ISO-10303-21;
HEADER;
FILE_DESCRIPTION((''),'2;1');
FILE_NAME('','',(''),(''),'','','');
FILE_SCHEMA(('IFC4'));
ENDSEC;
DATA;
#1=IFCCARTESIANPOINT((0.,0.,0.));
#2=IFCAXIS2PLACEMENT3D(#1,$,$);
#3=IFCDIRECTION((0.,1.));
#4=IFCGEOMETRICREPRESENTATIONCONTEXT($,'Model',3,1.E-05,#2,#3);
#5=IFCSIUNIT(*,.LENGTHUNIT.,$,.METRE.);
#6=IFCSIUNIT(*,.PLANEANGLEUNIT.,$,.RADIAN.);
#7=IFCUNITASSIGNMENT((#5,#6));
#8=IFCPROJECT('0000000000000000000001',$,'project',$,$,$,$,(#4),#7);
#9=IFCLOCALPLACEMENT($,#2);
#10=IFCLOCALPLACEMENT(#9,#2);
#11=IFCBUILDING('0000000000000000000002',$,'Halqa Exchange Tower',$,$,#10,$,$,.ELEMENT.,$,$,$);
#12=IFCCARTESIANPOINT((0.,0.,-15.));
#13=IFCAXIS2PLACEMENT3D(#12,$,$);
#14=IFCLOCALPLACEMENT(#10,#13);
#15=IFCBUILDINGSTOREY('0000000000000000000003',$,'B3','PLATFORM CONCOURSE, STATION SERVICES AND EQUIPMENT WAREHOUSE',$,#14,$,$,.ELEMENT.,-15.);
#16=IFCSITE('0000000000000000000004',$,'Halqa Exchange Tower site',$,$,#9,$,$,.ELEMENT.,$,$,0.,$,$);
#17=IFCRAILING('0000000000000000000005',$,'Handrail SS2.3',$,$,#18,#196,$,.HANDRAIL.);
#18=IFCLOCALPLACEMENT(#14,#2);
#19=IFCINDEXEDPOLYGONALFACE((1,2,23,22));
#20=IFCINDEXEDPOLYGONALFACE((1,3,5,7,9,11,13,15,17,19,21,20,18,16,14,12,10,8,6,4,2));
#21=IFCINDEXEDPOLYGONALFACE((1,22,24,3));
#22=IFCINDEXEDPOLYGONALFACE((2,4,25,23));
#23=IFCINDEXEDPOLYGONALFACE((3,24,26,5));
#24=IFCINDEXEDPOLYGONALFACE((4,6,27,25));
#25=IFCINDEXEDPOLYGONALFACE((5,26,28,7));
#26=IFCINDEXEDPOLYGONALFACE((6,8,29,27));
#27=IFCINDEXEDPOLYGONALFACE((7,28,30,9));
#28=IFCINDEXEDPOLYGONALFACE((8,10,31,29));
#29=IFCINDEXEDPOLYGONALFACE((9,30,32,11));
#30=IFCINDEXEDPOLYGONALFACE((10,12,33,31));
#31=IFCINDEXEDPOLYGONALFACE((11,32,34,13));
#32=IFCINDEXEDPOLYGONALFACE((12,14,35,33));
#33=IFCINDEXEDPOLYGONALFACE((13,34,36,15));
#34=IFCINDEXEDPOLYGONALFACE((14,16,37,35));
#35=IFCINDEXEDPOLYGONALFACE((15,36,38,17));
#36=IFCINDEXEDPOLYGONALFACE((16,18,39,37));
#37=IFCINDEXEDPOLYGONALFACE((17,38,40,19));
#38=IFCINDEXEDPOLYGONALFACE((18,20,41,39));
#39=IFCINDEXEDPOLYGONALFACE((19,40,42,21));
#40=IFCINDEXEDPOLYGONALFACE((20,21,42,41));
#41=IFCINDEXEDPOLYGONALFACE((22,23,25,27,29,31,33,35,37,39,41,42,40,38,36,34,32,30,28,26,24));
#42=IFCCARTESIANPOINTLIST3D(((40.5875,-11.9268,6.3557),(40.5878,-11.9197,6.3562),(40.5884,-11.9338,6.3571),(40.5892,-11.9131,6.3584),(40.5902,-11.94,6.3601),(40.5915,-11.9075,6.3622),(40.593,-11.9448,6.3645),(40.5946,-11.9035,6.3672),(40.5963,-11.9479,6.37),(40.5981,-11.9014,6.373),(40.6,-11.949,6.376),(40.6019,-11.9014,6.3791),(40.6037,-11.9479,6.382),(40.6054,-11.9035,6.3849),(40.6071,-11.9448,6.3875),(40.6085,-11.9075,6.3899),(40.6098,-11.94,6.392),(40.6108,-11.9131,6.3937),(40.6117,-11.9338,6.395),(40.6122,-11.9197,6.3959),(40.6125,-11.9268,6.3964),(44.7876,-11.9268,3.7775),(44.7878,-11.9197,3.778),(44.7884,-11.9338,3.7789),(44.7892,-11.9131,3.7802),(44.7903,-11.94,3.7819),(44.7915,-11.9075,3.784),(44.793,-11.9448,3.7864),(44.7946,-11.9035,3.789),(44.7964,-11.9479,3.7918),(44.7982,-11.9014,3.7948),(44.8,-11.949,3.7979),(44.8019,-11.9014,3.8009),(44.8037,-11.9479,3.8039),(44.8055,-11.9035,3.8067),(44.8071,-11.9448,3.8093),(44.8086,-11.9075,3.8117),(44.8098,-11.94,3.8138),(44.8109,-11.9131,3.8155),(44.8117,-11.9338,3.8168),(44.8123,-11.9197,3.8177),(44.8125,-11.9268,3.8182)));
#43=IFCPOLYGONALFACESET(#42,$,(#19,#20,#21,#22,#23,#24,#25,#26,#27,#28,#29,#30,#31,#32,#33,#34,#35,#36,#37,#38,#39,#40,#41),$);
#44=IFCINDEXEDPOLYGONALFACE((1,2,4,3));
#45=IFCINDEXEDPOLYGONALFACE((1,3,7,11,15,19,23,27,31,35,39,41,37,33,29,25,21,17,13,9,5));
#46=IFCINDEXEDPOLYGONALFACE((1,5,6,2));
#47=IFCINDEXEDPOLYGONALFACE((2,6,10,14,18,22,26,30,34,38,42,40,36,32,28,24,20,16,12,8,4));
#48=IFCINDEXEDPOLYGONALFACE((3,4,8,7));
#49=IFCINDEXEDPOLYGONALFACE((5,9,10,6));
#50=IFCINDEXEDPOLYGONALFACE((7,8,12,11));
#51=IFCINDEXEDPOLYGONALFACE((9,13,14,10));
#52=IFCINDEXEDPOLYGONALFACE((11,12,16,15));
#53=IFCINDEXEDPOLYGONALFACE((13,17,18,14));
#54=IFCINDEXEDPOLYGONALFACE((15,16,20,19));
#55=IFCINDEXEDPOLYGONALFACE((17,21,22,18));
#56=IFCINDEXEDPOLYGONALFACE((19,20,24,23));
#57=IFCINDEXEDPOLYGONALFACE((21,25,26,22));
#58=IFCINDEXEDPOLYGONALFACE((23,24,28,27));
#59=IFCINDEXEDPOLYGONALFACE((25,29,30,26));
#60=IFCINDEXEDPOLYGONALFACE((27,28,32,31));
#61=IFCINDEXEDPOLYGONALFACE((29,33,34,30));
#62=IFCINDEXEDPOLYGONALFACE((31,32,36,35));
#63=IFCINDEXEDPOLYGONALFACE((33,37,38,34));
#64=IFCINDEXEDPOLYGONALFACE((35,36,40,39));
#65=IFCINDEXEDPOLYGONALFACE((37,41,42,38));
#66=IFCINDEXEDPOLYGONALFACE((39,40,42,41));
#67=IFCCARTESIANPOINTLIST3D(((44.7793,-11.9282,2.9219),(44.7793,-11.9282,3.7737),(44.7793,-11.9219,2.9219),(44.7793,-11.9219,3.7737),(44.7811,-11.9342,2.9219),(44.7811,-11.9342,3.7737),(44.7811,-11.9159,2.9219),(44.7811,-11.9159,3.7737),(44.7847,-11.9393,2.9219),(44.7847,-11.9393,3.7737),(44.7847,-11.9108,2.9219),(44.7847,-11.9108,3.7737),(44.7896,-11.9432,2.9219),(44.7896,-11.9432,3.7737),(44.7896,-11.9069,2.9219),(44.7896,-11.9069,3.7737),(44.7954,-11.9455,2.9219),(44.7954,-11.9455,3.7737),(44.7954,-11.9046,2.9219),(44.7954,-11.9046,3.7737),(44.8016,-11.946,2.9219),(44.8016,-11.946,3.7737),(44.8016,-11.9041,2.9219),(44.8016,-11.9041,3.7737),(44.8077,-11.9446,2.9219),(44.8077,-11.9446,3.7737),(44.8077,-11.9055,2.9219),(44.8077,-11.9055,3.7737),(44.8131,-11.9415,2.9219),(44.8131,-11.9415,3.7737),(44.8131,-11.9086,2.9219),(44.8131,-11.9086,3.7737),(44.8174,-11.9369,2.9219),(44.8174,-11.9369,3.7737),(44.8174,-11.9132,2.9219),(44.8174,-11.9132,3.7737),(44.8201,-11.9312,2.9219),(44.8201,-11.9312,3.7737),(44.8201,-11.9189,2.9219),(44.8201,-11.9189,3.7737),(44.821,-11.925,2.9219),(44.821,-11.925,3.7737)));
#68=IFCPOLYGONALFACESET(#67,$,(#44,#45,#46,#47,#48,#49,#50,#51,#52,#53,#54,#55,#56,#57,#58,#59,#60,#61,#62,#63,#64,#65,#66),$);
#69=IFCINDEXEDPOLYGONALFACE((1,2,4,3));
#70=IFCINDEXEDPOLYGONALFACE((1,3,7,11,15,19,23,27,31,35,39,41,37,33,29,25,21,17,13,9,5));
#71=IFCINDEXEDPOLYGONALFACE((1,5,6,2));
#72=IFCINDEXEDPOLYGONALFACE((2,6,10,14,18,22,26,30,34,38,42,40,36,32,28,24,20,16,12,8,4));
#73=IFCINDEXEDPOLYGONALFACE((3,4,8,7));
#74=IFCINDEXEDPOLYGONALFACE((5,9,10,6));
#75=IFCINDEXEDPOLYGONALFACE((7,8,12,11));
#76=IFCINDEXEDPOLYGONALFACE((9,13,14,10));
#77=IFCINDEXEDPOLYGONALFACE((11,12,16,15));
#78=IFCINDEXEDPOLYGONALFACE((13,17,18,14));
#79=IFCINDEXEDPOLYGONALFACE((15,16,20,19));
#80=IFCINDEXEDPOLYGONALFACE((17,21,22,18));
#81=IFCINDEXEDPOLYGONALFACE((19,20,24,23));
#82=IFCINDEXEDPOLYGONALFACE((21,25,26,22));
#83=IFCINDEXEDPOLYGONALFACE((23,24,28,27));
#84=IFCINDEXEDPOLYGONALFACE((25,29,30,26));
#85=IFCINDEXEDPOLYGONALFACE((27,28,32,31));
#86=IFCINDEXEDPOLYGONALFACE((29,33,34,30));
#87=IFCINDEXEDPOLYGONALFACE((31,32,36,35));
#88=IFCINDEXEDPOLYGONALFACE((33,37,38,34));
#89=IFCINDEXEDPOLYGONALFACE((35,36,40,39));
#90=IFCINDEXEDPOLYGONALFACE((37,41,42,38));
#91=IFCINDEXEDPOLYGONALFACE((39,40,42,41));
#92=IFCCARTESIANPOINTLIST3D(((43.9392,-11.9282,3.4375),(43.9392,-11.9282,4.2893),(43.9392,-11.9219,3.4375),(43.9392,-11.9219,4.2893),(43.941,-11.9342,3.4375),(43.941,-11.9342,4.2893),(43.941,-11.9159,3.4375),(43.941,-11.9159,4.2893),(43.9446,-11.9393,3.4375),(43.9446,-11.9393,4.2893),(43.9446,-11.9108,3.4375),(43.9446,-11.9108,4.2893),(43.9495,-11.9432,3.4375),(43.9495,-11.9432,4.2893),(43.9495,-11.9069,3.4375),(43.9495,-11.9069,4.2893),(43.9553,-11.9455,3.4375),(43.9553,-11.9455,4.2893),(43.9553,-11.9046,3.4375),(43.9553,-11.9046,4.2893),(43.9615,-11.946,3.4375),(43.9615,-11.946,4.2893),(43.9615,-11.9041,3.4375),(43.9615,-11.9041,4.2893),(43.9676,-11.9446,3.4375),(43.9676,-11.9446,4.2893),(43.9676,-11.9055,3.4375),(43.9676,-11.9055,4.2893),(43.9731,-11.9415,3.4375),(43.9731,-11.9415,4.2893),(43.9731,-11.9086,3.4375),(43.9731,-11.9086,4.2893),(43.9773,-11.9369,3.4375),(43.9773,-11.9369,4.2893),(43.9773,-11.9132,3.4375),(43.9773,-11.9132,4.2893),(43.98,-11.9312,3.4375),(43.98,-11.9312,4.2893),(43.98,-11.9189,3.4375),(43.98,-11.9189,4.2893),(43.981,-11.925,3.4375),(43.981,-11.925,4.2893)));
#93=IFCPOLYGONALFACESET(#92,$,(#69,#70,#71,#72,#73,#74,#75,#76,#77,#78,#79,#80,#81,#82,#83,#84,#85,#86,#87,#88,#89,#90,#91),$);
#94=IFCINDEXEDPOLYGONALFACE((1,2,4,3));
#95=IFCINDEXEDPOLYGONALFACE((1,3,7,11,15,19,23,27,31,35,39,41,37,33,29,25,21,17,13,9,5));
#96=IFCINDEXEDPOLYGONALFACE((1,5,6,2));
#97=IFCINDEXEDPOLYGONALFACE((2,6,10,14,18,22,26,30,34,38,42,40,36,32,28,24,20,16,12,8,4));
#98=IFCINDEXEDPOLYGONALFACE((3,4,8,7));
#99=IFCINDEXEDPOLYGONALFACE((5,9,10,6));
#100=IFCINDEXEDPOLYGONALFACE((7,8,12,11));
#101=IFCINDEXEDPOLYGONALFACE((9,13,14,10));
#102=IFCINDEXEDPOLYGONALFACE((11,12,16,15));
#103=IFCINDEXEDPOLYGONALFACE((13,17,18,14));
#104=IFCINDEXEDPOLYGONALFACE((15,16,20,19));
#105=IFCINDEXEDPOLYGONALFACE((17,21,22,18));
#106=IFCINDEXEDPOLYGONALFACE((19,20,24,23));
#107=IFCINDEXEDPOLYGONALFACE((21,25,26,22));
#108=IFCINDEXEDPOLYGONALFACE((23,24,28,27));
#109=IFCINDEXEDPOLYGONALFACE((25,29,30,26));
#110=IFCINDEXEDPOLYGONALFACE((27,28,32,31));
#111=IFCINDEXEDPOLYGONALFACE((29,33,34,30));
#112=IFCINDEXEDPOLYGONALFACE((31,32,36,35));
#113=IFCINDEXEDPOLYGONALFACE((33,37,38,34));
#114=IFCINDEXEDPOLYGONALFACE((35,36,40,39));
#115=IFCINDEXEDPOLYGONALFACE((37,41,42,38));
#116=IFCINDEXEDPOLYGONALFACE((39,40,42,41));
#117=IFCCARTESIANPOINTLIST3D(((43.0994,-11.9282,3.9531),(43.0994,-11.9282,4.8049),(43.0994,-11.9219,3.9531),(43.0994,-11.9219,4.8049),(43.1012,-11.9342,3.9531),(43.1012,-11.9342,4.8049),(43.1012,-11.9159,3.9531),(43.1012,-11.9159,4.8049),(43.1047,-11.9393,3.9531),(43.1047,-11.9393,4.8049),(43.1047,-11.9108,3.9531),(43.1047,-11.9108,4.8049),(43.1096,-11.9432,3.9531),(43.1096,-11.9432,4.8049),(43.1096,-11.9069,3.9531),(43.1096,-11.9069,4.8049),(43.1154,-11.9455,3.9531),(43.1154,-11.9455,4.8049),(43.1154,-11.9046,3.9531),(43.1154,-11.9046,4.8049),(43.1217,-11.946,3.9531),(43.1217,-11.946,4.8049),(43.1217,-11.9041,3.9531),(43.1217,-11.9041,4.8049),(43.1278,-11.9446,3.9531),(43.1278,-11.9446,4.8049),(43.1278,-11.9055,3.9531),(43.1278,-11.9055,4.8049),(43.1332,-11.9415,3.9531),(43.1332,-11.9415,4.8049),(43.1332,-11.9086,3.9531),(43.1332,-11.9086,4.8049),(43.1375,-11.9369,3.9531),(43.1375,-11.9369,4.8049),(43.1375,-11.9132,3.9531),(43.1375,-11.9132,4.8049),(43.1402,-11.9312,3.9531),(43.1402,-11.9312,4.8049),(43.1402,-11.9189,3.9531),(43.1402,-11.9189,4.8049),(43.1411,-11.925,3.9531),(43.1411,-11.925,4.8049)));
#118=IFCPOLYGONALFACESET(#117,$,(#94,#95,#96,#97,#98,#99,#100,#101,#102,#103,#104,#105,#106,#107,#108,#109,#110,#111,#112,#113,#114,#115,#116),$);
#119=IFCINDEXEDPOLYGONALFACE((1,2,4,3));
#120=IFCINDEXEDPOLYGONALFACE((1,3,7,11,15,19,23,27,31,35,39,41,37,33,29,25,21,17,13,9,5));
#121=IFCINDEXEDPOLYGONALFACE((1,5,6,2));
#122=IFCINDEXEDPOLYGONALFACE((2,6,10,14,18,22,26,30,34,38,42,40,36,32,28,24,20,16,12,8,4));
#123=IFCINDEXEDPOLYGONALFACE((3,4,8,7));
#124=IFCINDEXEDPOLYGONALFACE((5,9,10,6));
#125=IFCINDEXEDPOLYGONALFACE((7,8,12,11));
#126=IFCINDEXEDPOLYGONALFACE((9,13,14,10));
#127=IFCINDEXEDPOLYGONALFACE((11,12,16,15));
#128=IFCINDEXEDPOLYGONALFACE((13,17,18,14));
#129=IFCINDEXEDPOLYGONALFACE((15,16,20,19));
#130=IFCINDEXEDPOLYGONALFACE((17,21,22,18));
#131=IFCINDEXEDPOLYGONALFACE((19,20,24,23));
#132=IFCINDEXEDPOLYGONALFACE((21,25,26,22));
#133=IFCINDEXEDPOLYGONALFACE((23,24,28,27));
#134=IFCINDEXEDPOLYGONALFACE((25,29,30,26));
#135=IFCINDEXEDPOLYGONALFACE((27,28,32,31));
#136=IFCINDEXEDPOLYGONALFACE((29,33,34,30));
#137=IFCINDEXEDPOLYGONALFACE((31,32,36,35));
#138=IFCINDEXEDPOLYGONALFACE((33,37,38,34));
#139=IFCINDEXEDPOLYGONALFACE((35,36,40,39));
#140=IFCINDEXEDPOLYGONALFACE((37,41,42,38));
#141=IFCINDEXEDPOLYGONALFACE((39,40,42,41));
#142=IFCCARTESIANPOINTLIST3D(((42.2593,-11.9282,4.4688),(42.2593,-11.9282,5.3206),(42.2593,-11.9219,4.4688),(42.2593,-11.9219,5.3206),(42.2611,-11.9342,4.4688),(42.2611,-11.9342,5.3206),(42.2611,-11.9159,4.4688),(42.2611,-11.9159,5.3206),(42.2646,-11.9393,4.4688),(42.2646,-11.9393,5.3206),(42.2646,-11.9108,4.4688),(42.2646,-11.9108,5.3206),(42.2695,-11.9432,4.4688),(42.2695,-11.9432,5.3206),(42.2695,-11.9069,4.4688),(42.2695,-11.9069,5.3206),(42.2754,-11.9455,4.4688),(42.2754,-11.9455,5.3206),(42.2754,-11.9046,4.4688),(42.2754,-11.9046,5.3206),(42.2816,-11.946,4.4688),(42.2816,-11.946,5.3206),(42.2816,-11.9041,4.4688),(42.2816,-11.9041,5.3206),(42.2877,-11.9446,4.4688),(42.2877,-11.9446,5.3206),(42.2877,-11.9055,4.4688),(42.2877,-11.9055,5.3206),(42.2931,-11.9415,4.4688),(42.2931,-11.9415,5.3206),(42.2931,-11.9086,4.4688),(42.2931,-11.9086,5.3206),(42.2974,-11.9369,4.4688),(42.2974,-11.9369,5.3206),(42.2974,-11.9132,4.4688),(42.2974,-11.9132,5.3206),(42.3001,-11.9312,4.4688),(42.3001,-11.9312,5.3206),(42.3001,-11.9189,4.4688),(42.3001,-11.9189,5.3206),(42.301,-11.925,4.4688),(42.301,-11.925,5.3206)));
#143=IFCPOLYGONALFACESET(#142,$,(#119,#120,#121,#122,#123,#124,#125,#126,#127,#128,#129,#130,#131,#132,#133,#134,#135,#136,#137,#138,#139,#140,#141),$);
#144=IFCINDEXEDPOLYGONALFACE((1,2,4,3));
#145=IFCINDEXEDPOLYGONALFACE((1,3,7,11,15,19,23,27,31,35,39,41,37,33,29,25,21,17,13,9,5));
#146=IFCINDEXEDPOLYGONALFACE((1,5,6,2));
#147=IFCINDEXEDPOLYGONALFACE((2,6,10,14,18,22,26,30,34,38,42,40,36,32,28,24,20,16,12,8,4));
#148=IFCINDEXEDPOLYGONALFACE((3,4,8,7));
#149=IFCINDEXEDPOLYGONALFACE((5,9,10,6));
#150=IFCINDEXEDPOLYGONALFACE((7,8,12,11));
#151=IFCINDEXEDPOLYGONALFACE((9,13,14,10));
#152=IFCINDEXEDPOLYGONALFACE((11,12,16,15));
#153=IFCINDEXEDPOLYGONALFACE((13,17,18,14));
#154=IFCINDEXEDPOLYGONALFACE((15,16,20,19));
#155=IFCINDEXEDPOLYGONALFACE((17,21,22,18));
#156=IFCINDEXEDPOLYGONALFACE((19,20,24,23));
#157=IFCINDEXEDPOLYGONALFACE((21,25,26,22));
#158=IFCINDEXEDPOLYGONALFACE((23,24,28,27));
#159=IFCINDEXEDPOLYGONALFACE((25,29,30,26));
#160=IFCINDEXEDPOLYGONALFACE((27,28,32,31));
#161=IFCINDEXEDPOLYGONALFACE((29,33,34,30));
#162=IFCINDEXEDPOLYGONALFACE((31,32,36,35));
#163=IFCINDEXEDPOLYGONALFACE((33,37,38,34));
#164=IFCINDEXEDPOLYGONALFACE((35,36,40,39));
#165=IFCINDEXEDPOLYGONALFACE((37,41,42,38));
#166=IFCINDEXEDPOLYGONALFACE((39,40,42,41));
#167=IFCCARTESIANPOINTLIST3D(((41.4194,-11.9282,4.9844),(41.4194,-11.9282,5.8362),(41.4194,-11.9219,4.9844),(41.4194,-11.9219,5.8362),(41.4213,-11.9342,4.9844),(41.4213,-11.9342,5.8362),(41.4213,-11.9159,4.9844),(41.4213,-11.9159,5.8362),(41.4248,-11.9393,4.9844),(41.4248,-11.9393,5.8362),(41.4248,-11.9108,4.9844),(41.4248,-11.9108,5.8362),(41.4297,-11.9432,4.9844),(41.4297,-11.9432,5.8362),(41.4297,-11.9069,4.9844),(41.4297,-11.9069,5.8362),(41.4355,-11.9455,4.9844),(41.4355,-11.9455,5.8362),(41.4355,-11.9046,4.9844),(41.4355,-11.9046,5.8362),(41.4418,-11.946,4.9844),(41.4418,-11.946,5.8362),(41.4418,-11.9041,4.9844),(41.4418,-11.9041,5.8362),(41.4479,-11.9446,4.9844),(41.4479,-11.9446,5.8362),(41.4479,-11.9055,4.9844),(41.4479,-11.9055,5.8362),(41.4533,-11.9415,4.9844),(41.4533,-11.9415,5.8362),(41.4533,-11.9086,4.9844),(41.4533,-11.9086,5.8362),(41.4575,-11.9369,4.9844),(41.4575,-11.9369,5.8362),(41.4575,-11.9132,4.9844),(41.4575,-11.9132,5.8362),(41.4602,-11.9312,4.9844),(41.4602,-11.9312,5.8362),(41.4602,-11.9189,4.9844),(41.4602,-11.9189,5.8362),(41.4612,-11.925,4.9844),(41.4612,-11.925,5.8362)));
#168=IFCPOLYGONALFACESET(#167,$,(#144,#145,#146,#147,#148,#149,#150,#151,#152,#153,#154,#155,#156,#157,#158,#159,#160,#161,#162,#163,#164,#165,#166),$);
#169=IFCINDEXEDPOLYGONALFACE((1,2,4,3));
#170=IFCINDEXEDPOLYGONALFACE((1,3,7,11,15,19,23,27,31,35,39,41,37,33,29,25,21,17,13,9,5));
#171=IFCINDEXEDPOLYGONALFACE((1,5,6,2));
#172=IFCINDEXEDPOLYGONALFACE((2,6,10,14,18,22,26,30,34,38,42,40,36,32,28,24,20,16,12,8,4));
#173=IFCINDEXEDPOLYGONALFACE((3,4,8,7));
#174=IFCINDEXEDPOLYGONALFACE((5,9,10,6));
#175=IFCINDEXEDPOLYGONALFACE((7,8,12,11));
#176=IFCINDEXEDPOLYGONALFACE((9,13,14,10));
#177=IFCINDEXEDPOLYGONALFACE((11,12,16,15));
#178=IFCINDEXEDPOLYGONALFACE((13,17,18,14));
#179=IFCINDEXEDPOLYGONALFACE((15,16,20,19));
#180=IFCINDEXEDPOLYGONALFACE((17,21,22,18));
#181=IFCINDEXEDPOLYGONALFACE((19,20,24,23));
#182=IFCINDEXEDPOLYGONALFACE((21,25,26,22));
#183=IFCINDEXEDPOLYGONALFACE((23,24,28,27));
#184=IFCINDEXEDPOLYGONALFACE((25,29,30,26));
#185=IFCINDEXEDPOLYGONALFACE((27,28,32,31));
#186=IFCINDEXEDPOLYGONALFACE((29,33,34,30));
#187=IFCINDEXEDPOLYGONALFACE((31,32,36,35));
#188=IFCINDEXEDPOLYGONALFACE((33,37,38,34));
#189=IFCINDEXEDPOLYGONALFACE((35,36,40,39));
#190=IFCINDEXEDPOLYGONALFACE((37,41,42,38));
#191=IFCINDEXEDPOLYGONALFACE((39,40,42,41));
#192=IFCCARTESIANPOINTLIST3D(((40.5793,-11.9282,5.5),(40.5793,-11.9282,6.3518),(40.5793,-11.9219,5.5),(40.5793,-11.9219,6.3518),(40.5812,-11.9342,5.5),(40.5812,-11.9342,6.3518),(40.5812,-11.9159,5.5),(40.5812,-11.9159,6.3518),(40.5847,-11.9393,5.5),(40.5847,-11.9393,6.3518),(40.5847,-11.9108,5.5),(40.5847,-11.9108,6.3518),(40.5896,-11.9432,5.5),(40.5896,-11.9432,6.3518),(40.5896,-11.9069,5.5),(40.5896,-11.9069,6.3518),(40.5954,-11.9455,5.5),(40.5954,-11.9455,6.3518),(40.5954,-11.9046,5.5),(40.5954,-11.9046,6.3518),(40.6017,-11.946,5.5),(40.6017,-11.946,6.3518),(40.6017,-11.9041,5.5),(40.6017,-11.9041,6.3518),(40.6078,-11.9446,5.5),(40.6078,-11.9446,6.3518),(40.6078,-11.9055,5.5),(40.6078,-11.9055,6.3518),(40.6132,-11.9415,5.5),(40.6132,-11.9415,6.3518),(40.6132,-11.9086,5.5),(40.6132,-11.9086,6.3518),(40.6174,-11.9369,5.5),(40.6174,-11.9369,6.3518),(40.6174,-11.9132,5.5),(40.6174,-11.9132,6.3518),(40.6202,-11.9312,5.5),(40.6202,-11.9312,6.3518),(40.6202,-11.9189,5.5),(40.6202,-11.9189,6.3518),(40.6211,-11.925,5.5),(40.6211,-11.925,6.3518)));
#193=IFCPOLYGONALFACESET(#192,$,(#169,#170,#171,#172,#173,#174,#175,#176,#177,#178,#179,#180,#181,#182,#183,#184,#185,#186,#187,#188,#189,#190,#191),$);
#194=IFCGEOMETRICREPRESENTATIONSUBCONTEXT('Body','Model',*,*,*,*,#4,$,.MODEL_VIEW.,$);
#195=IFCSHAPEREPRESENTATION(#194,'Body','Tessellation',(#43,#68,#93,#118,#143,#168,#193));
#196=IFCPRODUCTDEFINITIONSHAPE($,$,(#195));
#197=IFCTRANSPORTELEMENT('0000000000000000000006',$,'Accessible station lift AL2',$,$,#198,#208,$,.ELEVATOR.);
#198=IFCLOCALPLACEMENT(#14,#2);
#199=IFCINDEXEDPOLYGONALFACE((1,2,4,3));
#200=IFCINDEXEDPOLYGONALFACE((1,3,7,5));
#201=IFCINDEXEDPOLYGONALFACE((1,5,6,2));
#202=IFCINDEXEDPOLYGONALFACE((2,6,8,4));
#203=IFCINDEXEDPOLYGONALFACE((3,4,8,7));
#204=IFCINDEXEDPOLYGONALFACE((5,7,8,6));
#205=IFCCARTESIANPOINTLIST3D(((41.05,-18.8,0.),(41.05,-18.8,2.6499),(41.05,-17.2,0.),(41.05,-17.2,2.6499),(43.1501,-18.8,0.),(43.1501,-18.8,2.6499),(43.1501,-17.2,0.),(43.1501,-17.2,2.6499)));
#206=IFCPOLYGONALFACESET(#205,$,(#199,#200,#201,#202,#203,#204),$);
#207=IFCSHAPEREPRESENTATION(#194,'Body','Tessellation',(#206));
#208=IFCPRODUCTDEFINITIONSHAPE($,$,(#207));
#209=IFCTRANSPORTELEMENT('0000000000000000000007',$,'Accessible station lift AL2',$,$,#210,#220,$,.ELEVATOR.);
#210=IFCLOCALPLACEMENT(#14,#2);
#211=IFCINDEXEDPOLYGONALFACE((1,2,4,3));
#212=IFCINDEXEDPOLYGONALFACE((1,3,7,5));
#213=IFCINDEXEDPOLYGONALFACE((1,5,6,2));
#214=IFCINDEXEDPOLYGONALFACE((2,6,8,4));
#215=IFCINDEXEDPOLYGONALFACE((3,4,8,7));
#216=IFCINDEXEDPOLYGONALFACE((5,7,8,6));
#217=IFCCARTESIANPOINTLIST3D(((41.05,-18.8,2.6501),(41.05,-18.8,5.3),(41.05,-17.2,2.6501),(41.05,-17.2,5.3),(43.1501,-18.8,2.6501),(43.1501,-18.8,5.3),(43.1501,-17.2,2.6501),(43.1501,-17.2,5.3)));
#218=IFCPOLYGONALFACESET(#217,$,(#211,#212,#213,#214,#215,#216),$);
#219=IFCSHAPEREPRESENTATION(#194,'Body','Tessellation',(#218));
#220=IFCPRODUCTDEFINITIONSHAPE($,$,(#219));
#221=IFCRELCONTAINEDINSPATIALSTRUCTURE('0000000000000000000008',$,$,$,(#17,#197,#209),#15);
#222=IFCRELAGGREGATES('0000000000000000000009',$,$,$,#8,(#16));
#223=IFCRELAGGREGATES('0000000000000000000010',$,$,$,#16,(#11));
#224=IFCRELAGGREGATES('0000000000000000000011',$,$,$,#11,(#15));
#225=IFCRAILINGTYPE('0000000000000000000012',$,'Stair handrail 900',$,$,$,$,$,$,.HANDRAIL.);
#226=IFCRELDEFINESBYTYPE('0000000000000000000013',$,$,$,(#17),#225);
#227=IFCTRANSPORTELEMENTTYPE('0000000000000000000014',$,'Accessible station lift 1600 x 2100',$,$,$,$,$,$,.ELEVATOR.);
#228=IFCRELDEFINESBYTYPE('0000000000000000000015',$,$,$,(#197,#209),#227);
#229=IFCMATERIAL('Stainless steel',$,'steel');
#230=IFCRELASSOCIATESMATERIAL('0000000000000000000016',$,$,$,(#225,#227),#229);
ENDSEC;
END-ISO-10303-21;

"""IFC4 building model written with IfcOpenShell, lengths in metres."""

from ifc_helpers import new_model, si_unit, direction, frame, origin, origin_2d, place, context, subcontext, project, spatial, rectangle, circle, extrude, material, type_object, element, save


model = new_model("IFC4")

# Units and contexts
model_context = context("Model", 3, precision=1e-05, world=origin(), true_north=direction((0.0, 1.0)))
body_context = subcontext(model_context, "Body", "Model", "MODEL_VIEW")
ifc_project = project(units=[si_unit("LENGTHUNIT", "METRE"), si_unit("PLANEANGLEUNIT", "RADIAN")], contexts=[model_context])

# Site, building, storey
site_placement = place(None, origin())
site = spatial("IfcSite", under=ifc_project, at=site_placement, Name="Halqa Exchange Tower site", CompositionType="ELEMENT", RefElevation=0.0)
building_placement = place(site_placement, origin())
building = spatial("IfcBuilding", under=site, at=building_placement, Name="Halqa Exchange Tower", CompositionType="ELEMENT")
storey_placement = place(building_placement, frame((0.0, 0.0, -15.0)))
storey = spatial("IfcBuildingStorey", under=building, at=storey_placement, Name="B3", Description="PLATFORM CONCOURSE, STATION SERVICES AND EQUIPMENT WAREHOUSE", CompositionType="ELEMENT", Elevation=-15.0)

# Railing
ifc_material_1 = material(Name="Stainless steel", Category="steel")
railing_type = type_object("IfcRailingType", Name="Stair handrail 900", PredefinedType="HANDRAIL", material=ifc_material_1)
railing_placement = place(storey_placement, frame((44.8, -11.925, 2.9219)))
element("IfcRailing", 1, at=railing_placement, inside=storey, type_object=railing_type, Name="Handrail SS2.3", PredefinedType="HANDRAIL", context=body_context, shape_type="SweptSolid", body=[
    extrude(circle(Radius=0.0239, at=origin_2d()), frame((0.0, 0.0, 0.876), z_axis=(-0.852243, 0.0, 0.523146), x_axis=(0.0, -1.0, 0.0)), (0.0, 0.0, 1.0), 4.9282),
    extrude(circle(Radius=0.021, at=origin_2d()), origin(), (0.0, 0.0, 1.0), 0.8518),
    extrude(circle(Radius=0.021, at=origin_2d()), frame((-0.8401, 0.0, 0.5156)), (0.0, 0.0, 1.0), 0.8518),
    extrude(circle(Radius=0.021, at=origin_2d()), frame((-1.6799, 0.0, 1.0312)), (0.0, 0.0, 1.0), 0.8518),
    extrude(circle(Radius=0.021, at=origin_2d()), frame((-2.52, 0.0, 1.5469)), (0.0, 0.0, 1.0), 0.8518),
    extrude(circle(Radius=0.021, at=origin_2d()), frame((-3.3599, 0.0, 2.0625)), (0.0, 0.0, 1.0), 0.8518),
    extrude(circle(Radius=0.021, at=origin_2d()), frame((-4.2, 0.0, 2.5781)), (0.0, 0.0, 1.0), 0.8518),
])

# Transport elements
transport_element_type = type_object("IfcTransportElementType", Name="Accessible station lift 1600 x 2100", PredefinedType="ELEVATOR", material=ifc_material_1)
for number, where, z_axis, x_axis, name in (
    (2, (42.1001, -18.0, 0.0), (0.0, 0.0, 1.0), (1.0, 0.0, 0.0), "Accessible station lift AL2"),
    (3, (42.1001, -18.0, 2.6501), (0.0, 0.0, 1.0), (1.0, 0.0, 0.0), "Accessible station lift AL2"),
):
    element("IfcTransportElement", number, at=place(storey_placement, frame(where, z_axis=z_axis, x_axis=x_axis)), inside=storey, type_object=transport_element_type, Name=name, PredefinedType="ELEVATOR", context=body_context, shape_type="SweptSolid", body=[
        extrude(rectangle(XDim=2.1001, YDim=1.6001, at=origin_2d()), origin(), (0.0, 0.0, 1.0), 2.6499),
    ])

save(model, "model.ifc")
